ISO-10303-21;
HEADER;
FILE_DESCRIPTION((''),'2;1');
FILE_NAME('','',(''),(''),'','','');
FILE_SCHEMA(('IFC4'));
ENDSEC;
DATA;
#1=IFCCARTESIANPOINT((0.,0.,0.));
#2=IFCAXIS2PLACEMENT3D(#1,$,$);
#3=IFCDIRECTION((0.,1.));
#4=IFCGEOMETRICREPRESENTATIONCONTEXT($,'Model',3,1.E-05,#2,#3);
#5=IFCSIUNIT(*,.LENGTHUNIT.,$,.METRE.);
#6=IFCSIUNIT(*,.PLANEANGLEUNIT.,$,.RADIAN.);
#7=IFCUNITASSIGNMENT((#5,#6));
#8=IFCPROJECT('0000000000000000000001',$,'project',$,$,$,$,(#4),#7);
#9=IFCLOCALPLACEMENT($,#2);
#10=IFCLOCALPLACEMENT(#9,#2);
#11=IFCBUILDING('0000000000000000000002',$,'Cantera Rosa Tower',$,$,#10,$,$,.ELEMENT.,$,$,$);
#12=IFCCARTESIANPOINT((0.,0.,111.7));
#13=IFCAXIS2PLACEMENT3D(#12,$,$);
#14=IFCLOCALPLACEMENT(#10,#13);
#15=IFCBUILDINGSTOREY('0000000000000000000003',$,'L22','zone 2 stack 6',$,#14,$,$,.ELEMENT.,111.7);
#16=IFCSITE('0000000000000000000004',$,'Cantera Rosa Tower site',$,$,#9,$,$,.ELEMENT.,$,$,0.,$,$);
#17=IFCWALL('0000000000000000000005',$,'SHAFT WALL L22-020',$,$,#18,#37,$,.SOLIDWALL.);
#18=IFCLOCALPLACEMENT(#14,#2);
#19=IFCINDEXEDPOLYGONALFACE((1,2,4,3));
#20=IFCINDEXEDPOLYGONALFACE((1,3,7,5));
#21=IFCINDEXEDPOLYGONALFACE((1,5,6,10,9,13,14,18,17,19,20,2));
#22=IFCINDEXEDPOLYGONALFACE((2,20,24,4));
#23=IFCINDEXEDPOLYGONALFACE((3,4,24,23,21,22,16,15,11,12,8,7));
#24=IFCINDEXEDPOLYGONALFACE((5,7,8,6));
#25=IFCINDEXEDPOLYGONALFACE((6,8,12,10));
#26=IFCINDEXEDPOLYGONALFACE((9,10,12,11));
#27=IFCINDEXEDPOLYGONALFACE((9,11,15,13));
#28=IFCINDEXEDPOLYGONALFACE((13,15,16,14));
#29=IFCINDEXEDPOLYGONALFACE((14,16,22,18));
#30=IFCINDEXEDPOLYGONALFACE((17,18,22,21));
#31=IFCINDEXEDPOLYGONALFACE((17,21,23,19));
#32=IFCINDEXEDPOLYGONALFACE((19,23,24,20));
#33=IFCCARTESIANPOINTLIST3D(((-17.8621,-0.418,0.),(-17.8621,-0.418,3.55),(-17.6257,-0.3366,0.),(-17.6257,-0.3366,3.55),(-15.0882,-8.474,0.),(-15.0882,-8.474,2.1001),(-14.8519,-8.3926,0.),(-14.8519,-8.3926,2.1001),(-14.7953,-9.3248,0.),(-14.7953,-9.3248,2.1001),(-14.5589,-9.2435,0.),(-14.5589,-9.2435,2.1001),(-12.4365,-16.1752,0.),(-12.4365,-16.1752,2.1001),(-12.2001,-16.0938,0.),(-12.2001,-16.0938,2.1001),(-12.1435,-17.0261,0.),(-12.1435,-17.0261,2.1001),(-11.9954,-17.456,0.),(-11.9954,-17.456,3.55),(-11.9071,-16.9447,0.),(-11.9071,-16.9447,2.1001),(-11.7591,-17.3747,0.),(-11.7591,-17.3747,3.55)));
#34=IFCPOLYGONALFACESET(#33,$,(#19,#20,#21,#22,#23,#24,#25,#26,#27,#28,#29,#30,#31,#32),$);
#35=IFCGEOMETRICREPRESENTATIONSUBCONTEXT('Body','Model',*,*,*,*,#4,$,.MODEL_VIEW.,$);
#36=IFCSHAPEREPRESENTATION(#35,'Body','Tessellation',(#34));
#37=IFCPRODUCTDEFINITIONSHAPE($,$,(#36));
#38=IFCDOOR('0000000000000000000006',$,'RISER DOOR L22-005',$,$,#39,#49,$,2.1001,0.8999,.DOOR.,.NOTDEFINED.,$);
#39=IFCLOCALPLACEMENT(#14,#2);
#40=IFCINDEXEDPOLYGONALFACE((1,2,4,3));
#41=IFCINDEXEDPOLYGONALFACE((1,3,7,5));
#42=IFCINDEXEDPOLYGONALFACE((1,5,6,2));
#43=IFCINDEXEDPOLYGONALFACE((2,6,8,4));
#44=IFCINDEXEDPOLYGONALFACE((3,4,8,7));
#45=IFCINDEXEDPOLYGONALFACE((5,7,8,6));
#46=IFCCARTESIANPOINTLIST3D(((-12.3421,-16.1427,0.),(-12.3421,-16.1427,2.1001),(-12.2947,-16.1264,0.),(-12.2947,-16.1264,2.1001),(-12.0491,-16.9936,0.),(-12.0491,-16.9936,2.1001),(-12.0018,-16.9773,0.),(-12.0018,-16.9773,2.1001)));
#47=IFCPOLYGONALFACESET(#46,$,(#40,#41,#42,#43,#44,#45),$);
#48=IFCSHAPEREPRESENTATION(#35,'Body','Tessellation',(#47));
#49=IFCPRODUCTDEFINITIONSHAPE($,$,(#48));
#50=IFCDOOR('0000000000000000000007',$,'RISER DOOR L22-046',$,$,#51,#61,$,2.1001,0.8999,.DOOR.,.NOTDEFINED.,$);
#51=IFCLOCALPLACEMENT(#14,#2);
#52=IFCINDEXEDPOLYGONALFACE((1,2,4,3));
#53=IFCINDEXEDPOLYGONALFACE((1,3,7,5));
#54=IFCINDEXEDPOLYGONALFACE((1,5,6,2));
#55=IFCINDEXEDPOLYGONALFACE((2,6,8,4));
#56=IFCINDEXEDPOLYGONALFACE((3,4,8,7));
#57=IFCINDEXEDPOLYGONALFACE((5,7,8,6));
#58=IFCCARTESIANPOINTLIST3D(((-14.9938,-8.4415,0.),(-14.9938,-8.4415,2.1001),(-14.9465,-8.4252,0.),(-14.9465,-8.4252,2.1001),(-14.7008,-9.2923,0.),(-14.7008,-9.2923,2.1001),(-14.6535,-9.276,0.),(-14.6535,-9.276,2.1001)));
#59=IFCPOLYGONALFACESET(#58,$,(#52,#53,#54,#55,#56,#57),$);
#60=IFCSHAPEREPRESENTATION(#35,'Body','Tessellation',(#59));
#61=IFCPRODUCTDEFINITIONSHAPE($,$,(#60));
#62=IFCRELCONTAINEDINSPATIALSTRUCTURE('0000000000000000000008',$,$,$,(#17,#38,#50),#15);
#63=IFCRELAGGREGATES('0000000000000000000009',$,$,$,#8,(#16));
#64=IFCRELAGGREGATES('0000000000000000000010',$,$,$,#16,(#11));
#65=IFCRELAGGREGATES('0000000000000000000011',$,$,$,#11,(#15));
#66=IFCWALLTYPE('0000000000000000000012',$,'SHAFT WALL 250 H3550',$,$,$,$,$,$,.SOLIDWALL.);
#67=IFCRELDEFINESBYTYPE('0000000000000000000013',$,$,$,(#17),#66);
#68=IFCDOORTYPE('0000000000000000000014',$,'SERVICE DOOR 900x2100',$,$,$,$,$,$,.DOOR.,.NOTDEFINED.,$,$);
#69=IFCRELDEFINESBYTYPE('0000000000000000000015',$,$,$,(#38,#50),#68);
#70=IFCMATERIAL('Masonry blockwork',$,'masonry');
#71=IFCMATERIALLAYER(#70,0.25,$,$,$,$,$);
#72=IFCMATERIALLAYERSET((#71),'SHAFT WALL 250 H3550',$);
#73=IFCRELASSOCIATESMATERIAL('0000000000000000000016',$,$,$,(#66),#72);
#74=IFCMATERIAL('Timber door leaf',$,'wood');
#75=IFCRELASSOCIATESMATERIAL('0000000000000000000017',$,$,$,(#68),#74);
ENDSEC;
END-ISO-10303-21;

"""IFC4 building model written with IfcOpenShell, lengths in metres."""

from ifc_helpers import new_model, si_unit, direction, frame, frame_2d, origin, place, context, subcontext, project, spatial, rectangle, extrude, material, layer, layer_set, type_object, element, fill, save


model = new_model("IFC4")

# Units and contexts
model_context = context("Model", 3, precision=1e-05, world=origin(), true_north=direction((0.0, 1.0)))
body_context = subcontext(model_context, "Body", "Model", "MODEL_VIEW")
ifc_project = project(units=[si_unit("LENGTHUNIT", "METRE"), si_unit("PLANEANGLEUNIT", "RADIAN")], contexts=[model_context])

# Site, building, storey
site_placement = place(None, origin())
site = spatial("IfcSite", under=ifc_project, at=site_placement, Name="Cantera Rosa Tower site", CompositionType="ELEMENT", RefElevation=0.0)
building_placement = place(site_placement, origin())
building = spatial("IfcBuilding", under=site, at=building_placement, Name="Cantera Rosa Tower", CompositionType="ELEMENT")
storey_placement = place(building_placement, frame((0.0, 0.0, 111.7)))
storey = spatial("IfcBuildingStorey", under=building, at=storey_placement, Name="L22", Description="zone 2 stack 6", CompositionType="ELEMENT", Elevation=111.7)

# Shared definitions
ifc_material_1 = material(Name="Masonry blockwork", Category="masonry")
ifc_layer_1 = layer(ifc_material_1, 0.25)
ifc_layer_set_1 = layer_set([ifc_layer_1], Name="SHAFT WALL 250 H3550")
wall_type_1 = type_object("IfcWallType", Name="SHAFT WALL 250 H3550", PredefinedType="SOLIDWALL", material=ifc_layer_set_1)

# Wall, openings, doors
wall_1_placement = place(storey_placement, frame((-17.7439, -0.3774, 0.0), z_axis=(0.0, 0.0, 1.0), x_axis=(0.325569, -0.945518, 0.0)))
wall_1 = element("IfcWall", 1, at=wall_1_placement, inside=storey, type_object=wall_type_1, Name="SHAFT WALL L22-020", PredefinedType="SOLIDWALL", context=body_context, shape_type="SweptSolid", body=[
    extrude(rectangle(XDim=18.0198, YDim=0.25, at=frame_2d((9.0098, 0.0))), origin(), (0.0, 0.0, 1.0), 3.55),
])
opening_1_placement = place(wall_1_placement, frame((16.665, 0.0, 0.0)))
opening_1 = element("IfcOpeningElement", 2, at=opening_1_placement, cuts=wall_1, PredefinedType="OPENING", context=body_context, shape_type="SweptSolid", body=[
    extrude(rectangle(XDim=0.8999, YDim=2.1001, at=frame_2d((0.45, 1.05))), frame((0.0, 0.135, 0.0), z_axis=(0.0, -1.0, 0.0), x_axis=(1.0, 0.0, 0.0)), (0.0, 0.0, 1.0), 0.27),
])
opening_2_placement = place(wall_1_placement, frame((8.52, 0.0, 0.0)))
opening_2 = element("IfcOpeningElement", 3, at=opening_2_placement, cuts=wall_1, PredefinedType="OPENING", context=body_context, shape_type="SweptSolid", body=[
    extrude(rectangle(XDim=0.8999, YDim=2.1001, at=frame_2d((0.45, 1.05))), frame((0.0, 0.135, 0.0), z_axis=(0.0, -1.0, 0.0), x_axis=(1.0, 0.0, 0.0)), (0.0, 0.0, 1.0), 0.27),
])
ifc_material_2 = material(Name="Timber door leaf", Category="wood")
door_type_1 = type_object("IfcDoorType", Name="SERVICE DOOR 900x2100", OperationType="NOTDEFINED", PredefinedType="DOOR", material=ifc_material_2)
door_1_placement = place(opening_1_placement, origin())
door_1 = element("IfcDoor", 4, at=door_1_placement, inside=storey, type_object=door_type_1, Name="RISER DOOR L22-005", OperationType="NOTDEFINED", OverallHeight=2.1001, OverallWidth=0.8999, PredefinedType="DOOR", context=body_context, shape_type="SweptSolid", body=[
    extrude(rectangle(XDim=0.8999, YDim=2.1001, at=frame_2d((0.45, 1.05))), frame((0.0, 0.0249, 0.0), z_axis=(0.0, -1.0, 0.0), x_axis=(1.0, 0.0, 0.0)), (0.0, 0.0, 1.0), 0.05),
])
fill(opening_1, door_1)
door_2_placement = place(opening_2_placement, origin())
door_2 = element("IfcDoor", 5, at=door_2_placement, inside=storey, type_object=door_type_1, Name="RISER DOOR L22-046", OperationType="NOTDEFINED", OverallHeight=2.1001, OverallWidth=0.8999, PredefinedType="DOOR", context=body_context, shape_type="SweptSolid", body=[
    extrude(rectangle(XDim=0.8999, YDim=2.1001, at=frame_2d((0.45, 1.05))), frame((0.0, 0.0249, 0.0), z_axis=(0.0, -1.0, 0.0), x_axis=(1.0, 0.0, 0.0)), (0.0, 0.0, 1.0), 0.05),
])
fill(opening_2, door_2)

save(model, "model.ifc")
